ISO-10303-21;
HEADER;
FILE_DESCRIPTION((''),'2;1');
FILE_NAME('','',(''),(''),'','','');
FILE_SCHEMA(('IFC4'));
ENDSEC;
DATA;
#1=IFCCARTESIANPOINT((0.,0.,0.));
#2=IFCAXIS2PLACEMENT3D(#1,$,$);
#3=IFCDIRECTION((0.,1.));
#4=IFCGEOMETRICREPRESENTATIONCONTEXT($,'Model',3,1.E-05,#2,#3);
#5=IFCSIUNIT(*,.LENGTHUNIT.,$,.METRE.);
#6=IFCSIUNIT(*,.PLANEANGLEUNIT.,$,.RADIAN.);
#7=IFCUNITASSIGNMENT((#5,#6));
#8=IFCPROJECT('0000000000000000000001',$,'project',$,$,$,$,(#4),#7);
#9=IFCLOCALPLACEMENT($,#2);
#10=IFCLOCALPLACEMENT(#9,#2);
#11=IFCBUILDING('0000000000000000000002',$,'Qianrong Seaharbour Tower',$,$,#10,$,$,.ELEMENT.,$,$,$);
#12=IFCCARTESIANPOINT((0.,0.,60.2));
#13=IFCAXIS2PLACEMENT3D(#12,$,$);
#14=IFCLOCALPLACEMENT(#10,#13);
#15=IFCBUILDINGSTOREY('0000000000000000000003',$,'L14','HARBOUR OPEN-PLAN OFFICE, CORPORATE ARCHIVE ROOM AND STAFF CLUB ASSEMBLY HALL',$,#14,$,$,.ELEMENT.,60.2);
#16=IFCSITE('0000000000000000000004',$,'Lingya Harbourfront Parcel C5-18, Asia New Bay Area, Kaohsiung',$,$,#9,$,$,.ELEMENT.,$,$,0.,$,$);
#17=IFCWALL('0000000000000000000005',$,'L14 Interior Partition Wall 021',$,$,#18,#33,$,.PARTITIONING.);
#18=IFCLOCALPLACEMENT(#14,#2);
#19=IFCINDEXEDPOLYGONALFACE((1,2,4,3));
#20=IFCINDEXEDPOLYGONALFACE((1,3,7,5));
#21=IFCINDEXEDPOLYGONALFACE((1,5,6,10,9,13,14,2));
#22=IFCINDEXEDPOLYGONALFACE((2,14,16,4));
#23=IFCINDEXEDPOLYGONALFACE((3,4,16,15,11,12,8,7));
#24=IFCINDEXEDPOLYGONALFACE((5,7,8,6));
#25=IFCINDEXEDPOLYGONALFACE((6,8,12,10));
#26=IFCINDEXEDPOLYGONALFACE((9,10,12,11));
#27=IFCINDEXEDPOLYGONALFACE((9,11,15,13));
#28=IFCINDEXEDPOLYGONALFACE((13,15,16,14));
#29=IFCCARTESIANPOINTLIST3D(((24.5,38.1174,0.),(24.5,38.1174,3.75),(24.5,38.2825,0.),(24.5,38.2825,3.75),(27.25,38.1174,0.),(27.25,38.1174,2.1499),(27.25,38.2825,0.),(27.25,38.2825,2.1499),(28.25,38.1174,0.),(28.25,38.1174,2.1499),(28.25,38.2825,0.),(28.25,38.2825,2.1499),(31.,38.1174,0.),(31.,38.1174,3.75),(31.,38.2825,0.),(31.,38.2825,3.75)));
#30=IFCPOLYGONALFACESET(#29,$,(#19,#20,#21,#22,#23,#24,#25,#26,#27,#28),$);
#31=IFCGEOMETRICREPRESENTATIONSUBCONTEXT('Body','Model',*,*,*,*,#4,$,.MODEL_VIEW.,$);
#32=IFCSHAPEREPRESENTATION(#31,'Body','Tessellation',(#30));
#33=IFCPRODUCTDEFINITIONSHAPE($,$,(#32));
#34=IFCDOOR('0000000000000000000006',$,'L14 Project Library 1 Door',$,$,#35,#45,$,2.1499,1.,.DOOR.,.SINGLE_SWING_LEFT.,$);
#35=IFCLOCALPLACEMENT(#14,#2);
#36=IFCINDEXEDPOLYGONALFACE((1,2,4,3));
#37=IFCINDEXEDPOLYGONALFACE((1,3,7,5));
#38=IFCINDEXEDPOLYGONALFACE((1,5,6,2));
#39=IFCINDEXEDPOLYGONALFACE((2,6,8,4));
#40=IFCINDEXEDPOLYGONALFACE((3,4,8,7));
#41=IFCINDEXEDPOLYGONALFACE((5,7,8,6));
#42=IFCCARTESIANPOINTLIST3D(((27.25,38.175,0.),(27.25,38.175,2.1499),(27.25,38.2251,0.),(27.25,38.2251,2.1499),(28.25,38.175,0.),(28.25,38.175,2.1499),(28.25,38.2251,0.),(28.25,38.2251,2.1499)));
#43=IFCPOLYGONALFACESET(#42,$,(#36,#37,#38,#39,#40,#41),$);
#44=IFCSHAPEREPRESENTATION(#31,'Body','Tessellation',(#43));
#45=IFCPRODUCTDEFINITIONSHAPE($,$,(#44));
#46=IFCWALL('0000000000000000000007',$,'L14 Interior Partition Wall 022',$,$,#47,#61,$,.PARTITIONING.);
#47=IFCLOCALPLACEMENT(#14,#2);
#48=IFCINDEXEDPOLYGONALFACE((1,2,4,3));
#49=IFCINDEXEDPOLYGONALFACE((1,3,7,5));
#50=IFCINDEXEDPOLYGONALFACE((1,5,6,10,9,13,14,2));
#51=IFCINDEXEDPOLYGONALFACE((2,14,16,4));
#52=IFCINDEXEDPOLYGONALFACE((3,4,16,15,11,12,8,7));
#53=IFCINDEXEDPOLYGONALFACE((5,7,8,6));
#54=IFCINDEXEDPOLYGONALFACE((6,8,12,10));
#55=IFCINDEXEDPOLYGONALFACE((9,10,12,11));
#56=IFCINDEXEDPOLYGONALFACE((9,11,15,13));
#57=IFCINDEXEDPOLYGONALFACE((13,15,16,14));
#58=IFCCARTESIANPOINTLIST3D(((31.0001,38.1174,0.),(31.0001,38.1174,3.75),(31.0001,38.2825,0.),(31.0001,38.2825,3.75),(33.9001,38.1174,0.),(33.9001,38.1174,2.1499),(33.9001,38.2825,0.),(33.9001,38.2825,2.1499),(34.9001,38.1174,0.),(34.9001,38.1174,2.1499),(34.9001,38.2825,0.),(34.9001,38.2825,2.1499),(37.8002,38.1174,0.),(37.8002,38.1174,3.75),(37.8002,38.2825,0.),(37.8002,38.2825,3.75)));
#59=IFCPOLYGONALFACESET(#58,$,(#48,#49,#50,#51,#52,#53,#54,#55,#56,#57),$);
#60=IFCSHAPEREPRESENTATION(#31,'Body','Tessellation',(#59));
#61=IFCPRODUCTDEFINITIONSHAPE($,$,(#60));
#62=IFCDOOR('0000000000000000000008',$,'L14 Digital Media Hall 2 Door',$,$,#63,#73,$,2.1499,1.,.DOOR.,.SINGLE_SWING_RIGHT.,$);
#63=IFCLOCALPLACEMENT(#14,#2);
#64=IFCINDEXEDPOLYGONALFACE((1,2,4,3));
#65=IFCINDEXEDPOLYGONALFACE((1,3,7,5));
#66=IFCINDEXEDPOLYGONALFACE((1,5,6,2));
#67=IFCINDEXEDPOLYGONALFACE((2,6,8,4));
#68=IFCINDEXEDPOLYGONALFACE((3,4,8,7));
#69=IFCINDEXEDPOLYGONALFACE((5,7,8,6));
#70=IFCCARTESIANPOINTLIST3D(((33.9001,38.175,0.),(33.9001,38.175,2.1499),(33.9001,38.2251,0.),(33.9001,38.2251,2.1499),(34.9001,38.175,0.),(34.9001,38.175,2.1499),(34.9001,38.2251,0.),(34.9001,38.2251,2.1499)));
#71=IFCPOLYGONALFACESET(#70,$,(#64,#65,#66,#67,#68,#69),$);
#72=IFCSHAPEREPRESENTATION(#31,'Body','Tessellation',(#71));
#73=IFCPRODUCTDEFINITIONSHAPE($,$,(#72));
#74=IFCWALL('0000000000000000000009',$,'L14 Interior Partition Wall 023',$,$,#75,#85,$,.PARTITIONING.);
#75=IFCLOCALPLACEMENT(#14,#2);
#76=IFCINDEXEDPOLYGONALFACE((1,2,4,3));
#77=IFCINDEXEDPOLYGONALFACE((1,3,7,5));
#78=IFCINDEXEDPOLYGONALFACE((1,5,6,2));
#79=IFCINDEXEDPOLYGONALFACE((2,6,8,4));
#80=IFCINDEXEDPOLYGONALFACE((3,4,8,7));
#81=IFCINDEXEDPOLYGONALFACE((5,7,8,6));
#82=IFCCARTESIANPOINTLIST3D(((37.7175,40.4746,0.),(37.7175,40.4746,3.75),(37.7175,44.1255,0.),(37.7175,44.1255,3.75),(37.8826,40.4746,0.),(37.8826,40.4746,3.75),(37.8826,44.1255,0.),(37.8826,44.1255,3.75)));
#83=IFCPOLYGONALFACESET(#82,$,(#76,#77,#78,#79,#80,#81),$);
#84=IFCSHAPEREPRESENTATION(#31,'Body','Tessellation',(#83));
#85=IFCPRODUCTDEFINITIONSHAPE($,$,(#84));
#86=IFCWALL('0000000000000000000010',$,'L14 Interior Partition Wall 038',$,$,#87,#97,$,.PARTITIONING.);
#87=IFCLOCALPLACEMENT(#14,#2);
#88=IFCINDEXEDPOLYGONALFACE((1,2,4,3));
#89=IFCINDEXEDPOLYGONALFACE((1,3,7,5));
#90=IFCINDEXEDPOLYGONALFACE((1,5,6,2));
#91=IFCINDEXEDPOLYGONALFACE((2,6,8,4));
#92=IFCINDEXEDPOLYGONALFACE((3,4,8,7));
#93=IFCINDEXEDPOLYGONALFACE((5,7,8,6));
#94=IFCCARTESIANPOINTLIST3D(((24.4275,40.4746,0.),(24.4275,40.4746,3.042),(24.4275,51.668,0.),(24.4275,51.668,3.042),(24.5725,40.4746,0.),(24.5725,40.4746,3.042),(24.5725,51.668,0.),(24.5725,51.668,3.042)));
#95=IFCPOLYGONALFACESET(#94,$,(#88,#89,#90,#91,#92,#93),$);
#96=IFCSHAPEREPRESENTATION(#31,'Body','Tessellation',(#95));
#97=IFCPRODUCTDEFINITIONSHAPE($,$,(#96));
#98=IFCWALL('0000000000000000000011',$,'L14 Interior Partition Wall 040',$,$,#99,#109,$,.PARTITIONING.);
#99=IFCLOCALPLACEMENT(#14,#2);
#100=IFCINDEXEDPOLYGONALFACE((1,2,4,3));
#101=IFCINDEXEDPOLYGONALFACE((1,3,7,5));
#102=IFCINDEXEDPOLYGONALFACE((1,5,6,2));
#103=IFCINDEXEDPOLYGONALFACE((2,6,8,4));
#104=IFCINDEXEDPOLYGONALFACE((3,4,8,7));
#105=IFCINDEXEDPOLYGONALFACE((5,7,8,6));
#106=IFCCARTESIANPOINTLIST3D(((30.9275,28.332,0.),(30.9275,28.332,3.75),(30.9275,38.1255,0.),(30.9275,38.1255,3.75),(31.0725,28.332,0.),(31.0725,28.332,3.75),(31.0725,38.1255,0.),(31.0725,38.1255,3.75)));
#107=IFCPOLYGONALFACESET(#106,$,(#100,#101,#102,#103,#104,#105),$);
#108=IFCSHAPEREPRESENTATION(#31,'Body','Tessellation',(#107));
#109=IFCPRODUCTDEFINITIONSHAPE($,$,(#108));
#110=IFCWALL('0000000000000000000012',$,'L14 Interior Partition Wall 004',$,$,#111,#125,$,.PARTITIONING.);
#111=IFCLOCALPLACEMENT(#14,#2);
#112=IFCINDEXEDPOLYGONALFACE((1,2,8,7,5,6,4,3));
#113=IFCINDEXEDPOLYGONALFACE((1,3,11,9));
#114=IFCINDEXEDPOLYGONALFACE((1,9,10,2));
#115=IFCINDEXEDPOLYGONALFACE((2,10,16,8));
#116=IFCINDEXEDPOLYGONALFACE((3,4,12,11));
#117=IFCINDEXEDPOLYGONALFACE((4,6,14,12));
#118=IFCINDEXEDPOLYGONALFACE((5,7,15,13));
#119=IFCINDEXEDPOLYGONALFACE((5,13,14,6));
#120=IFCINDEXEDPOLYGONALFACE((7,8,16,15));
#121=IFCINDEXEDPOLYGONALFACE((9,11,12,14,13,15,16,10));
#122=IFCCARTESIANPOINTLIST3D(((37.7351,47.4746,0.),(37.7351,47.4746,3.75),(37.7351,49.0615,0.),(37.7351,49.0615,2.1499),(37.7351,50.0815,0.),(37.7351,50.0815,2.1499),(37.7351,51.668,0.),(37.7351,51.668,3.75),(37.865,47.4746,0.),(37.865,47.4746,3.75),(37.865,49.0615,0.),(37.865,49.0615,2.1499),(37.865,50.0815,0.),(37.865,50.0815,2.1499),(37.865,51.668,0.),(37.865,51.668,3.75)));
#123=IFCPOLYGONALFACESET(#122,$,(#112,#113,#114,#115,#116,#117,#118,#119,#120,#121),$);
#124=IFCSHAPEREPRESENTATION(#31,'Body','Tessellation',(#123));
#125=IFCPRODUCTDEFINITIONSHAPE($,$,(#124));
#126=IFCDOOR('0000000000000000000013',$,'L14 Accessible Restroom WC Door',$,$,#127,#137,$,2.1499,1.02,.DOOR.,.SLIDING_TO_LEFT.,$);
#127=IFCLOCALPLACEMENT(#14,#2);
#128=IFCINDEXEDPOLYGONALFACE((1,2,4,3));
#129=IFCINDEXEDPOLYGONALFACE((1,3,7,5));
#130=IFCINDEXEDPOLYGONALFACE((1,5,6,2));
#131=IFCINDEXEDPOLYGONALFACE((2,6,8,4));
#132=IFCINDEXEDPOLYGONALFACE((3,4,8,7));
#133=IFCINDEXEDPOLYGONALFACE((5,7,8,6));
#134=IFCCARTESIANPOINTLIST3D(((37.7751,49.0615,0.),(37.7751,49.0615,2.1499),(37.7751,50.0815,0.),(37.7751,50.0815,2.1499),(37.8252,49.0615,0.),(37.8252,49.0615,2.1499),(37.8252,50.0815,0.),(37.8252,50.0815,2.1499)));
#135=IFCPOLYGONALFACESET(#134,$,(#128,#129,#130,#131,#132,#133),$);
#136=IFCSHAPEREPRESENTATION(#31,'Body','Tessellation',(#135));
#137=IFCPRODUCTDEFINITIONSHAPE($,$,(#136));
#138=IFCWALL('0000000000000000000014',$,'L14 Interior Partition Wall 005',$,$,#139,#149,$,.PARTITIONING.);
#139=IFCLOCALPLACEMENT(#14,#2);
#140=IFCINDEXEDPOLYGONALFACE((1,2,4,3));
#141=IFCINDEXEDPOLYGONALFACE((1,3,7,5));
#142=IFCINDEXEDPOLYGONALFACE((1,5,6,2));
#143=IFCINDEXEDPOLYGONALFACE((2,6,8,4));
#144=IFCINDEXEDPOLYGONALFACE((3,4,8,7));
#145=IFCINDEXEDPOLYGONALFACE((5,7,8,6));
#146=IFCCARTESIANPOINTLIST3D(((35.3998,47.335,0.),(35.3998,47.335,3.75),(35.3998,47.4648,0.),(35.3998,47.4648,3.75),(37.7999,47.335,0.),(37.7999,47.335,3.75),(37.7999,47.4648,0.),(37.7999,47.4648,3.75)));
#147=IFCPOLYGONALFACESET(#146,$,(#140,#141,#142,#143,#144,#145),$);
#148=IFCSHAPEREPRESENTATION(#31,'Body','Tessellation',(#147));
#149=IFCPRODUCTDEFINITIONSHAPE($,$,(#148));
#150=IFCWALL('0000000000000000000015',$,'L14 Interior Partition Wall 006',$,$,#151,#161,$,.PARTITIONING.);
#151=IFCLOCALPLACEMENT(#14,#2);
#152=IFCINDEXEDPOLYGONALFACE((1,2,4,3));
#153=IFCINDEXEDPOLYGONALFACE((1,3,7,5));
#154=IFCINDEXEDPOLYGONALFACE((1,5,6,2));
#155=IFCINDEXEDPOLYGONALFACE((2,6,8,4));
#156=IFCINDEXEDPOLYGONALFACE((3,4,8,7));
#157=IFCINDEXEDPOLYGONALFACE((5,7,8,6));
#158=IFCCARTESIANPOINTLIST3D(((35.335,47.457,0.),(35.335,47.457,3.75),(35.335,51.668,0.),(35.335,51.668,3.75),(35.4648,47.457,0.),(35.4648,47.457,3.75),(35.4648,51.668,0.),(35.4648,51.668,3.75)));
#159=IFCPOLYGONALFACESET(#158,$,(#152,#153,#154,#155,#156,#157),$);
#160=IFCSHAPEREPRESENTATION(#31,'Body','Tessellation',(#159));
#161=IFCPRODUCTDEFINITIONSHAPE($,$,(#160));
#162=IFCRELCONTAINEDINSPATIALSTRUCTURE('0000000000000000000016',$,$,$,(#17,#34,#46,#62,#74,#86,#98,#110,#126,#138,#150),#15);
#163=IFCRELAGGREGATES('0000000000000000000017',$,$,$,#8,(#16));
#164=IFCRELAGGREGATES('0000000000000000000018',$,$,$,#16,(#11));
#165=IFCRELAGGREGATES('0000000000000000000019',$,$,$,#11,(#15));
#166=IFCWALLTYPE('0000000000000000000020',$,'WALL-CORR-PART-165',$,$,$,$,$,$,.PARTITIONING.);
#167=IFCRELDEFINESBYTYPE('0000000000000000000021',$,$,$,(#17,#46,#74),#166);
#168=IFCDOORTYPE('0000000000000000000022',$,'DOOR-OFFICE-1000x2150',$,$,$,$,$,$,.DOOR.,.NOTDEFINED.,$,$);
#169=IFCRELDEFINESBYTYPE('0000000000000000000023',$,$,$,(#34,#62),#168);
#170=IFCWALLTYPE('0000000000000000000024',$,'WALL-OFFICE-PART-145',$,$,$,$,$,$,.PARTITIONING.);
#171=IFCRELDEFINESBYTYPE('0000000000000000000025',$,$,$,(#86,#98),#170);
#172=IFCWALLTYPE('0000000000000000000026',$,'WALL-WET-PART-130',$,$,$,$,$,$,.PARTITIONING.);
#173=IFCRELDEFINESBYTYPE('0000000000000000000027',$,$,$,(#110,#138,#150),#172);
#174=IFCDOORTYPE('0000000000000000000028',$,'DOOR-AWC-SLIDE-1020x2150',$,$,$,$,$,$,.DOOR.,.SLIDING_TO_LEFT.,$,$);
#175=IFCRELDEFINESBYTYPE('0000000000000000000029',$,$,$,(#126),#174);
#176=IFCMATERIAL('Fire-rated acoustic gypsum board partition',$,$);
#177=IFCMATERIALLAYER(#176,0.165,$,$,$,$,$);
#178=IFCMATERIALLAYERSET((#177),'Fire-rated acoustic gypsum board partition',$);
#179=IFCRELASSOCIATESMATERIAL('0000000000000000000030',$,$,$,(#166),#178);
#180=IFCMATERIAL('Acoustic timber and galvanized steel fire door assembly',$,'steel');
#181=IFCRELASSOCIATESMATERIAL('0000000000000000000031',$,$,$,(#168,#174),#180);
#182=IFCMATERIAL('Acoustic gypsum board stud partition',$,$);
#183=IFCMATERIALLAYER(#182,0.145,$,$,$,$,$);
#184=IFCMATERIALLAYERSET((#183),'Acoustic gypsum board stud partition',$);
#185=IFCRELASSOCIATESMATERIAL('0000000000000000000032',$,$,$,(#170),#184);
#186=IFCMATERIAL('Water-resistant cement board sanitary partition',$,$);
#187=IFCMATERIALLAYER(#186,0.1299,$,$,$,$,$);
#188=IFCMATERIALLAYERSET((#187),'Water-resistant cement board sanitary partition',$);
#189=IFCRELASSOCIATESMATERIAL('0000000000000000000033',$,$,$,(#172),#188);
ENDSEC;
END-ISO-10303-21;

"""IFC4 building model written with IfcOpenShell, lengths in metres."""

from ifc_helpers import new_model, si_unit, direction, frame, frame_2d, origin, place, context, subcontext, project, spatial, rectangle, extrude, material, layer, layer_set, type_object, element, fill, save


model = new_model("IFC4")

# Units and contexts
model_context = context("Model", 3, precision=1e-05, world=origin(), true_north=direction((0.0, 1.0)))
body_context = subcontext(model_context, "Body", "Model", "MODEL_VIEW")
ifc_project = project(units=[si_unit("LENGTHUNIT", "METRE"), si_unit("PLANEANGLEUNIT", "RADIAN")], contexts=[model_context])

# Site, building, storey
site_placement = place(None, origin())
site = spatial("IfcSite", under=ifc_project, at=site_placement, Name="Lingya Harbourfront Parcel C5-18, Asia New Bay Area, Kaohsiung", CompositionType="ELEMENT", RefElevation=0.0)
building_placement = place(site_placement, origin())
building = spatial("IfcBuilding", under=site, at=building_placement, Name="Qianrong Seaharbour Tower", CompositionType="ELEMENT")
storey_placement = place(building_placement, frame((0.0, 0.0, 60.2)))
storey = spatial("IfcBuildingStorey", under=building, at=storey_placement, Name="L14", Description="HARBOUR OPEN-PLAN OFFICE, CORPORATE ARCHIVE ROOM AND STAFF CLUB ASSEMBLY HALL", CompositionType="ELEMENT", Elevation=60.2)

# Shared definitions
ifc_material_1 = material(Name="Fire-rated acoustic gypsum board partition")
ifc_layer_1 = layer(ifc_material_1, 0.165)
ifc_layer_set_1 = layer_set([ifc_layer_1], Name="Fire-rated acoustic gypsum board partition")
wall_type_1 = type_object("IfcWallType", Name="WALL-CORR-PART-165", PredefinedType="PARTITIONING", material=ifc_layer_set_1)
ifc_material_2 = material(Name="Acoustic timber and galvanized steel fire door assembly", Category="steel")

# Walls, openings, doors
wall_1_placement = place(storey_placement, frame((31.0, 38.2, 0.0), z_axis=(0.0, 0.0, 1.0), x_axis=(-1.0, 0.0, 0.0)))
wall_1 = element("IfcWall", 1, at=wall_1_placement, inside=storey, type_object=wall_type_1, Name="L14 Interior Partition Wall 021", PredefinedType="PARTITIONING", context=body_context, shape_type="SweptSolid", body=[
    extrude(rectangle(XDim=6.5, YDim=0.165, at=frame_2d((3.25, 0.0))), origin(), (0.0, 0.0, 1.0), 3.75),
])
opening_1_placement = place(wall_1_placement, frame((2.75, 0.0, 0.0)))
opening_1 = element("IfcOpeningElement", 2, at=opening_1_placement, cuts=wall_1, PredefinedType="OPENING", context=body_context, shape_type="SweptSolid", body=[
    extrude(rectangle(XDim=1.0, YDim=2.1499, at=frame_2d((0.5, 1.075))), frame((0.0, 0.0925, 0.0), z_axis=(0.0, -1.0, 0.0), x_axis=(1.0, 0.0, 0.0)), (0.0, 0.0, 1.0), 0.1851),
])
door_type_1 = type_object("IfcDoorType", Name="DOOR-OFFICE-1000x2150", OperationType="NOTDEFINED", PredefinedType="DOOR", material=ifc_material_2)
door_1_placement = place(opening_1_placement, origin())
door_1 = element("IfcDoor", 3, at=door_1_placement, inside=storey, type_object=door_type_1, Name="L14 Project Library 1 Door", OperationType="SINGLE_SWING_LEFT", OverallHeight=2.1499, OverallWidth=1.0, PredefinedType="DOOR", context=body_context, shape_type="SweptSolid", body=[
    extrude(rectangle(XDim=1.0, YDim=2.1499, at=frame_2d((0.5, 1.075))), frame((0.0, 0.0249, 0.0), z_axis=(0.0, -1.0, 0.0), x_axis=(1.0, 0.0, 0.0)), (0.0, 0.0, 1.0), 0.05),
])
fill(opening_1, door_1)
wall_2_placement = place(storey_placement, frame((37.8, 38.2, 0.0), z_axis=(0.0, 0.0, 1.0), x_axis=(-1.0, 0.0, 0.0)))
wall_2 = element("IfcWall", 4, at=wall_2_placement, inside=storey, type_object=wall_type_1, Name="L14 Interior Partition Wall 022", PredefinedType="PARTITIONING", context=body_context, shape_type="SweptSolid", body=[
    extrude(rectangle(XDim=6.8, YDim=0.165, at=frame_2d((3.3999, 0.0))), origin(), (0.0, 0.0, 1.0), 3.75),
])
opening_2_placement = place(wall_2_placement, frame((2.8999, 0.0, 0.0)))
opening_2 = element("IfcOpeningElement", 5, at=opening_2_placement, cuts=wall_2, PredefinedType="OPENING", context=body_context, shape_type="SweptSolid", body=[
    extrude(rectangle(XDim=1.0, YDim=2.1499, at=frame_2d((0.5, 1.075))), frame((0.0, 0.0925, 0.0), z_axis=(0.0, -1.0, 0.0), x_axis=(1.0, 0.0, 0.0)), (0.0, 0.0, 1.0), 0.1851),
])
door_2_placement = place(opening_2_placement, origin())
door_2 = element("IfcDoor", 6, at=door_2_placement, inside=storey, type_object=door_type_1, Name="L14 Digital Media Hall 2 Door", OperationType="SINGLE_SWING_RIGHT", OverallHeight=2.1499, OverallWidth=1.0, PredefinedType="DOOR", context=body_context, shape_type="SweptSolid", body=[
    extrude(rectangle(XDim=1.0, YDim=2.1499, at=frame_2d((0.5, 1.075))), frame((0.0, 0.0249, 0.0), z_axis=(0.0, -1.0, 0.0), x_axis=(1.0, 0.0, 0.0)), (0.0, 0.0, 1.0), 0.05),
])
fill(opening_2, door_2)

# Walls
wall_3_placement = place(storey_placement, frame((37.8, 40.4746, 0.0), z_axis=(0.0, 0.0, 1.0), x_axis=(0.0, 1.0, 0.0)))
element("IfcWall", 7, at=wall_3_placement, inside=storey, type_object=wall_type_1, Name="L14 Interior Partition Wall 023", PredefinedType="PARTITIONING", context=body_context, shape_type="SweptSolid", body=[
    extrude(rectangle(XDim=3.6509, YDim=0.165, at=frame_2d((1.8254, 0.0))), origin(), (0.0, 0.0, 1.0), 3.75),
])
ifc_material_3 = material(Name="Acoustic gypsum board stud partition")
ifc_layer_2 = layer(ifc_material_3, 0.145)
ifc_layer_set_2 = layer_set([ifc_layer_2], Name="Acoustic gypsum board stud partition")
wall_type_2 = type_object("IfcWallType", Name="WALL-OFFICE-PART-145", PredefinedType="PARTITIONING", material=ifc_layer_set_2)
wall_4_placement = place(storey_placement, frame((24.5, 51.668, 0.0), z_axis=(0.0, 0.0, 1.0), x_axis=(0.0, -1.0, 0.0)))
element("IfcWall", 8, at=wall_4_placement, inside=storey, type_object=wall_type_2, Name="L14 Interior Partition Wall 038", PredefinedType="PARTITIONING", context=body_context, shape_type="SweptSolid", body=[
    extrude(rectangle(XDim=11.1934, YDim=0.145, at=frame_2d((5.5967, 0.0))), origin(), (0.0, 0.0, 1.0), 3.042),
])
wall_5_placement = place(storey_placement, frame((31.0, 38.1255, 0.0), z_axis=(0.0, 0.0, 1.0), x_axis=(0.0, -1.0, 0.0)))
element("IfcWall", 9, at=wall_5_placement, inside=storey, type_object=wall_type_2, Name="L14 Interior Partition Wall 040", PredefinedType="PARTITIONING", context=body_context, shape_type="SweptSolid", body=[
    extrude(rectangle(XDim=9.7935, YDim=0.145, at=frame_2d((4.8967, 0.0))), origin(), (0.0, 0.0, 1.0), 3.75),
])

# Wall, opening, door
ifc_material_4 = material(Name="Water-resistant cement board sanitary partition")
ifc_layer_3 = layer(ifc_material_4, 0.1299)
ifc_layer_set_3 = layer_set([ifc_layer_3], Name="Water-resistant cement board sanitary partition")
wall_type_3 = type_object("IfcWallType", Name="WALL-WET-PART-130", PredefinedType="PARTITIONING", material=ifc_layer_set_3)
wall_6_placement = place(storey_placement, frame((37.8, 47.4746, 0.0), z_axis=(0.0, 0.0, 1.0), x_axis=(0.0, 1.0, 0.0)))
wall_6 = element("IfcWall", 10, at=wall_6_placement, inside=storey, type_object=wall_type_3, Name="L14 Interior Partition Wall 004", PredefinedType="PARTITIONING", context=body_context, shape_type="SweptSolid", body=[
    extrude(rectangle(XDim=4.1934, YDim=0.1299, at=frame_2d((2.0967, 0.0))), origin(), (0.0, 0.0, 1.0), 3.75),
])
opening_3_placement = place(wall_6_placement, frame((1.5869, 0.0, 0.0)))
opening_3 = element("IfcOpeningElement", 11, at=opening_3_placement, cuts=wall_6, PredefinedType="OPENING", context=body_context, shape_type="SweptSolid", body=[
    extrude(rectangle(XDim=1.02, YDim=2.1499, at=frame_2d((0.51, 1.075))), frame((0.0, 0.075, 0.0), z_axis=(0.0, -1.0, 0.0), x_axis=(1.0, 0.0, 0.0)), (0.0, 0.0, 1.0), 0.1499),
])
door_type_2 = type_object("IfcDoorType", Name="DOOR-AWC-SLIDE-1020x2150", OperationType="SLIDING_TO_LEFT", PredefinedType="DOOR", material=ifc_material_2)
door_3_placement = place(opening_3_placement, origin())
door_3 = element("IfcDoor", 12, at=door_3_placement, inside=storey, type_object=door_type_2, Name="L14 Accessible Restroom WC Door", OperationType="SLIDING_TO_LEFT", OverallHeight=2.1499, OverallWidth=1.02, PredefinedType="DOOR", context=body_context, shape_type="SweptSolid", body=[
    extrude(rectangle(XDim=1.02, YDim=2.1499, at=frame_2d((0.51, 1.075))), frame((0.0, 0.0249, 0.0), z_axis=(0.0, -1.0, 0.0), x_axis=(1.0, 0.0, 0.0)), (0.0, 0.0, 1.0), 0.05),
])
fill(opening_3, door_3)

# Walls
wall_7_placement = place(storey_placement, frame((37.8, 47.3999, 0.0), z_axis=(0.0, 0.0, 1.0), x_axis=(-1.0, 0.0, 0.0)))
element("IfcWall", 13, at=wall_7_placement, inside=storey, type_object=wall_type_3, Name="L14 Interior Partition Wall 005", PredefinedType="PARTITIONING", context=body_context, shape_type="SweptSolid", body=[
    extrude(rectangle(XDim=2.4001, YDim=0.1299, at=frame_2d((1.2002, 0.0))), origin(), (0.0, 0.0, 1.0), 3.75),
])
wall_8_placement = place(storey_placement, frame((35.3999, 47.457, 0.0), z_axis=(0.0, 0.0, 1.0), x_axis=(0.0, 1.0, 0.0)))
element("IfcWall", 14, at=wall_8_placement, inside=storey, type_object=wall_type_3, Name="L14 Interior Partition Wall 006", PredefinedType="PARTITIONING", context=body_context, shape_type="SweptSolid", body=[
    extrude(rectangle(XDim=4.2109, YDim=0.1299, at=frame_2d((2.1055, 0.0))), origin(), (0.0, 0.0, 1.0), 3.75),
])

save(model, "model.ifc")
